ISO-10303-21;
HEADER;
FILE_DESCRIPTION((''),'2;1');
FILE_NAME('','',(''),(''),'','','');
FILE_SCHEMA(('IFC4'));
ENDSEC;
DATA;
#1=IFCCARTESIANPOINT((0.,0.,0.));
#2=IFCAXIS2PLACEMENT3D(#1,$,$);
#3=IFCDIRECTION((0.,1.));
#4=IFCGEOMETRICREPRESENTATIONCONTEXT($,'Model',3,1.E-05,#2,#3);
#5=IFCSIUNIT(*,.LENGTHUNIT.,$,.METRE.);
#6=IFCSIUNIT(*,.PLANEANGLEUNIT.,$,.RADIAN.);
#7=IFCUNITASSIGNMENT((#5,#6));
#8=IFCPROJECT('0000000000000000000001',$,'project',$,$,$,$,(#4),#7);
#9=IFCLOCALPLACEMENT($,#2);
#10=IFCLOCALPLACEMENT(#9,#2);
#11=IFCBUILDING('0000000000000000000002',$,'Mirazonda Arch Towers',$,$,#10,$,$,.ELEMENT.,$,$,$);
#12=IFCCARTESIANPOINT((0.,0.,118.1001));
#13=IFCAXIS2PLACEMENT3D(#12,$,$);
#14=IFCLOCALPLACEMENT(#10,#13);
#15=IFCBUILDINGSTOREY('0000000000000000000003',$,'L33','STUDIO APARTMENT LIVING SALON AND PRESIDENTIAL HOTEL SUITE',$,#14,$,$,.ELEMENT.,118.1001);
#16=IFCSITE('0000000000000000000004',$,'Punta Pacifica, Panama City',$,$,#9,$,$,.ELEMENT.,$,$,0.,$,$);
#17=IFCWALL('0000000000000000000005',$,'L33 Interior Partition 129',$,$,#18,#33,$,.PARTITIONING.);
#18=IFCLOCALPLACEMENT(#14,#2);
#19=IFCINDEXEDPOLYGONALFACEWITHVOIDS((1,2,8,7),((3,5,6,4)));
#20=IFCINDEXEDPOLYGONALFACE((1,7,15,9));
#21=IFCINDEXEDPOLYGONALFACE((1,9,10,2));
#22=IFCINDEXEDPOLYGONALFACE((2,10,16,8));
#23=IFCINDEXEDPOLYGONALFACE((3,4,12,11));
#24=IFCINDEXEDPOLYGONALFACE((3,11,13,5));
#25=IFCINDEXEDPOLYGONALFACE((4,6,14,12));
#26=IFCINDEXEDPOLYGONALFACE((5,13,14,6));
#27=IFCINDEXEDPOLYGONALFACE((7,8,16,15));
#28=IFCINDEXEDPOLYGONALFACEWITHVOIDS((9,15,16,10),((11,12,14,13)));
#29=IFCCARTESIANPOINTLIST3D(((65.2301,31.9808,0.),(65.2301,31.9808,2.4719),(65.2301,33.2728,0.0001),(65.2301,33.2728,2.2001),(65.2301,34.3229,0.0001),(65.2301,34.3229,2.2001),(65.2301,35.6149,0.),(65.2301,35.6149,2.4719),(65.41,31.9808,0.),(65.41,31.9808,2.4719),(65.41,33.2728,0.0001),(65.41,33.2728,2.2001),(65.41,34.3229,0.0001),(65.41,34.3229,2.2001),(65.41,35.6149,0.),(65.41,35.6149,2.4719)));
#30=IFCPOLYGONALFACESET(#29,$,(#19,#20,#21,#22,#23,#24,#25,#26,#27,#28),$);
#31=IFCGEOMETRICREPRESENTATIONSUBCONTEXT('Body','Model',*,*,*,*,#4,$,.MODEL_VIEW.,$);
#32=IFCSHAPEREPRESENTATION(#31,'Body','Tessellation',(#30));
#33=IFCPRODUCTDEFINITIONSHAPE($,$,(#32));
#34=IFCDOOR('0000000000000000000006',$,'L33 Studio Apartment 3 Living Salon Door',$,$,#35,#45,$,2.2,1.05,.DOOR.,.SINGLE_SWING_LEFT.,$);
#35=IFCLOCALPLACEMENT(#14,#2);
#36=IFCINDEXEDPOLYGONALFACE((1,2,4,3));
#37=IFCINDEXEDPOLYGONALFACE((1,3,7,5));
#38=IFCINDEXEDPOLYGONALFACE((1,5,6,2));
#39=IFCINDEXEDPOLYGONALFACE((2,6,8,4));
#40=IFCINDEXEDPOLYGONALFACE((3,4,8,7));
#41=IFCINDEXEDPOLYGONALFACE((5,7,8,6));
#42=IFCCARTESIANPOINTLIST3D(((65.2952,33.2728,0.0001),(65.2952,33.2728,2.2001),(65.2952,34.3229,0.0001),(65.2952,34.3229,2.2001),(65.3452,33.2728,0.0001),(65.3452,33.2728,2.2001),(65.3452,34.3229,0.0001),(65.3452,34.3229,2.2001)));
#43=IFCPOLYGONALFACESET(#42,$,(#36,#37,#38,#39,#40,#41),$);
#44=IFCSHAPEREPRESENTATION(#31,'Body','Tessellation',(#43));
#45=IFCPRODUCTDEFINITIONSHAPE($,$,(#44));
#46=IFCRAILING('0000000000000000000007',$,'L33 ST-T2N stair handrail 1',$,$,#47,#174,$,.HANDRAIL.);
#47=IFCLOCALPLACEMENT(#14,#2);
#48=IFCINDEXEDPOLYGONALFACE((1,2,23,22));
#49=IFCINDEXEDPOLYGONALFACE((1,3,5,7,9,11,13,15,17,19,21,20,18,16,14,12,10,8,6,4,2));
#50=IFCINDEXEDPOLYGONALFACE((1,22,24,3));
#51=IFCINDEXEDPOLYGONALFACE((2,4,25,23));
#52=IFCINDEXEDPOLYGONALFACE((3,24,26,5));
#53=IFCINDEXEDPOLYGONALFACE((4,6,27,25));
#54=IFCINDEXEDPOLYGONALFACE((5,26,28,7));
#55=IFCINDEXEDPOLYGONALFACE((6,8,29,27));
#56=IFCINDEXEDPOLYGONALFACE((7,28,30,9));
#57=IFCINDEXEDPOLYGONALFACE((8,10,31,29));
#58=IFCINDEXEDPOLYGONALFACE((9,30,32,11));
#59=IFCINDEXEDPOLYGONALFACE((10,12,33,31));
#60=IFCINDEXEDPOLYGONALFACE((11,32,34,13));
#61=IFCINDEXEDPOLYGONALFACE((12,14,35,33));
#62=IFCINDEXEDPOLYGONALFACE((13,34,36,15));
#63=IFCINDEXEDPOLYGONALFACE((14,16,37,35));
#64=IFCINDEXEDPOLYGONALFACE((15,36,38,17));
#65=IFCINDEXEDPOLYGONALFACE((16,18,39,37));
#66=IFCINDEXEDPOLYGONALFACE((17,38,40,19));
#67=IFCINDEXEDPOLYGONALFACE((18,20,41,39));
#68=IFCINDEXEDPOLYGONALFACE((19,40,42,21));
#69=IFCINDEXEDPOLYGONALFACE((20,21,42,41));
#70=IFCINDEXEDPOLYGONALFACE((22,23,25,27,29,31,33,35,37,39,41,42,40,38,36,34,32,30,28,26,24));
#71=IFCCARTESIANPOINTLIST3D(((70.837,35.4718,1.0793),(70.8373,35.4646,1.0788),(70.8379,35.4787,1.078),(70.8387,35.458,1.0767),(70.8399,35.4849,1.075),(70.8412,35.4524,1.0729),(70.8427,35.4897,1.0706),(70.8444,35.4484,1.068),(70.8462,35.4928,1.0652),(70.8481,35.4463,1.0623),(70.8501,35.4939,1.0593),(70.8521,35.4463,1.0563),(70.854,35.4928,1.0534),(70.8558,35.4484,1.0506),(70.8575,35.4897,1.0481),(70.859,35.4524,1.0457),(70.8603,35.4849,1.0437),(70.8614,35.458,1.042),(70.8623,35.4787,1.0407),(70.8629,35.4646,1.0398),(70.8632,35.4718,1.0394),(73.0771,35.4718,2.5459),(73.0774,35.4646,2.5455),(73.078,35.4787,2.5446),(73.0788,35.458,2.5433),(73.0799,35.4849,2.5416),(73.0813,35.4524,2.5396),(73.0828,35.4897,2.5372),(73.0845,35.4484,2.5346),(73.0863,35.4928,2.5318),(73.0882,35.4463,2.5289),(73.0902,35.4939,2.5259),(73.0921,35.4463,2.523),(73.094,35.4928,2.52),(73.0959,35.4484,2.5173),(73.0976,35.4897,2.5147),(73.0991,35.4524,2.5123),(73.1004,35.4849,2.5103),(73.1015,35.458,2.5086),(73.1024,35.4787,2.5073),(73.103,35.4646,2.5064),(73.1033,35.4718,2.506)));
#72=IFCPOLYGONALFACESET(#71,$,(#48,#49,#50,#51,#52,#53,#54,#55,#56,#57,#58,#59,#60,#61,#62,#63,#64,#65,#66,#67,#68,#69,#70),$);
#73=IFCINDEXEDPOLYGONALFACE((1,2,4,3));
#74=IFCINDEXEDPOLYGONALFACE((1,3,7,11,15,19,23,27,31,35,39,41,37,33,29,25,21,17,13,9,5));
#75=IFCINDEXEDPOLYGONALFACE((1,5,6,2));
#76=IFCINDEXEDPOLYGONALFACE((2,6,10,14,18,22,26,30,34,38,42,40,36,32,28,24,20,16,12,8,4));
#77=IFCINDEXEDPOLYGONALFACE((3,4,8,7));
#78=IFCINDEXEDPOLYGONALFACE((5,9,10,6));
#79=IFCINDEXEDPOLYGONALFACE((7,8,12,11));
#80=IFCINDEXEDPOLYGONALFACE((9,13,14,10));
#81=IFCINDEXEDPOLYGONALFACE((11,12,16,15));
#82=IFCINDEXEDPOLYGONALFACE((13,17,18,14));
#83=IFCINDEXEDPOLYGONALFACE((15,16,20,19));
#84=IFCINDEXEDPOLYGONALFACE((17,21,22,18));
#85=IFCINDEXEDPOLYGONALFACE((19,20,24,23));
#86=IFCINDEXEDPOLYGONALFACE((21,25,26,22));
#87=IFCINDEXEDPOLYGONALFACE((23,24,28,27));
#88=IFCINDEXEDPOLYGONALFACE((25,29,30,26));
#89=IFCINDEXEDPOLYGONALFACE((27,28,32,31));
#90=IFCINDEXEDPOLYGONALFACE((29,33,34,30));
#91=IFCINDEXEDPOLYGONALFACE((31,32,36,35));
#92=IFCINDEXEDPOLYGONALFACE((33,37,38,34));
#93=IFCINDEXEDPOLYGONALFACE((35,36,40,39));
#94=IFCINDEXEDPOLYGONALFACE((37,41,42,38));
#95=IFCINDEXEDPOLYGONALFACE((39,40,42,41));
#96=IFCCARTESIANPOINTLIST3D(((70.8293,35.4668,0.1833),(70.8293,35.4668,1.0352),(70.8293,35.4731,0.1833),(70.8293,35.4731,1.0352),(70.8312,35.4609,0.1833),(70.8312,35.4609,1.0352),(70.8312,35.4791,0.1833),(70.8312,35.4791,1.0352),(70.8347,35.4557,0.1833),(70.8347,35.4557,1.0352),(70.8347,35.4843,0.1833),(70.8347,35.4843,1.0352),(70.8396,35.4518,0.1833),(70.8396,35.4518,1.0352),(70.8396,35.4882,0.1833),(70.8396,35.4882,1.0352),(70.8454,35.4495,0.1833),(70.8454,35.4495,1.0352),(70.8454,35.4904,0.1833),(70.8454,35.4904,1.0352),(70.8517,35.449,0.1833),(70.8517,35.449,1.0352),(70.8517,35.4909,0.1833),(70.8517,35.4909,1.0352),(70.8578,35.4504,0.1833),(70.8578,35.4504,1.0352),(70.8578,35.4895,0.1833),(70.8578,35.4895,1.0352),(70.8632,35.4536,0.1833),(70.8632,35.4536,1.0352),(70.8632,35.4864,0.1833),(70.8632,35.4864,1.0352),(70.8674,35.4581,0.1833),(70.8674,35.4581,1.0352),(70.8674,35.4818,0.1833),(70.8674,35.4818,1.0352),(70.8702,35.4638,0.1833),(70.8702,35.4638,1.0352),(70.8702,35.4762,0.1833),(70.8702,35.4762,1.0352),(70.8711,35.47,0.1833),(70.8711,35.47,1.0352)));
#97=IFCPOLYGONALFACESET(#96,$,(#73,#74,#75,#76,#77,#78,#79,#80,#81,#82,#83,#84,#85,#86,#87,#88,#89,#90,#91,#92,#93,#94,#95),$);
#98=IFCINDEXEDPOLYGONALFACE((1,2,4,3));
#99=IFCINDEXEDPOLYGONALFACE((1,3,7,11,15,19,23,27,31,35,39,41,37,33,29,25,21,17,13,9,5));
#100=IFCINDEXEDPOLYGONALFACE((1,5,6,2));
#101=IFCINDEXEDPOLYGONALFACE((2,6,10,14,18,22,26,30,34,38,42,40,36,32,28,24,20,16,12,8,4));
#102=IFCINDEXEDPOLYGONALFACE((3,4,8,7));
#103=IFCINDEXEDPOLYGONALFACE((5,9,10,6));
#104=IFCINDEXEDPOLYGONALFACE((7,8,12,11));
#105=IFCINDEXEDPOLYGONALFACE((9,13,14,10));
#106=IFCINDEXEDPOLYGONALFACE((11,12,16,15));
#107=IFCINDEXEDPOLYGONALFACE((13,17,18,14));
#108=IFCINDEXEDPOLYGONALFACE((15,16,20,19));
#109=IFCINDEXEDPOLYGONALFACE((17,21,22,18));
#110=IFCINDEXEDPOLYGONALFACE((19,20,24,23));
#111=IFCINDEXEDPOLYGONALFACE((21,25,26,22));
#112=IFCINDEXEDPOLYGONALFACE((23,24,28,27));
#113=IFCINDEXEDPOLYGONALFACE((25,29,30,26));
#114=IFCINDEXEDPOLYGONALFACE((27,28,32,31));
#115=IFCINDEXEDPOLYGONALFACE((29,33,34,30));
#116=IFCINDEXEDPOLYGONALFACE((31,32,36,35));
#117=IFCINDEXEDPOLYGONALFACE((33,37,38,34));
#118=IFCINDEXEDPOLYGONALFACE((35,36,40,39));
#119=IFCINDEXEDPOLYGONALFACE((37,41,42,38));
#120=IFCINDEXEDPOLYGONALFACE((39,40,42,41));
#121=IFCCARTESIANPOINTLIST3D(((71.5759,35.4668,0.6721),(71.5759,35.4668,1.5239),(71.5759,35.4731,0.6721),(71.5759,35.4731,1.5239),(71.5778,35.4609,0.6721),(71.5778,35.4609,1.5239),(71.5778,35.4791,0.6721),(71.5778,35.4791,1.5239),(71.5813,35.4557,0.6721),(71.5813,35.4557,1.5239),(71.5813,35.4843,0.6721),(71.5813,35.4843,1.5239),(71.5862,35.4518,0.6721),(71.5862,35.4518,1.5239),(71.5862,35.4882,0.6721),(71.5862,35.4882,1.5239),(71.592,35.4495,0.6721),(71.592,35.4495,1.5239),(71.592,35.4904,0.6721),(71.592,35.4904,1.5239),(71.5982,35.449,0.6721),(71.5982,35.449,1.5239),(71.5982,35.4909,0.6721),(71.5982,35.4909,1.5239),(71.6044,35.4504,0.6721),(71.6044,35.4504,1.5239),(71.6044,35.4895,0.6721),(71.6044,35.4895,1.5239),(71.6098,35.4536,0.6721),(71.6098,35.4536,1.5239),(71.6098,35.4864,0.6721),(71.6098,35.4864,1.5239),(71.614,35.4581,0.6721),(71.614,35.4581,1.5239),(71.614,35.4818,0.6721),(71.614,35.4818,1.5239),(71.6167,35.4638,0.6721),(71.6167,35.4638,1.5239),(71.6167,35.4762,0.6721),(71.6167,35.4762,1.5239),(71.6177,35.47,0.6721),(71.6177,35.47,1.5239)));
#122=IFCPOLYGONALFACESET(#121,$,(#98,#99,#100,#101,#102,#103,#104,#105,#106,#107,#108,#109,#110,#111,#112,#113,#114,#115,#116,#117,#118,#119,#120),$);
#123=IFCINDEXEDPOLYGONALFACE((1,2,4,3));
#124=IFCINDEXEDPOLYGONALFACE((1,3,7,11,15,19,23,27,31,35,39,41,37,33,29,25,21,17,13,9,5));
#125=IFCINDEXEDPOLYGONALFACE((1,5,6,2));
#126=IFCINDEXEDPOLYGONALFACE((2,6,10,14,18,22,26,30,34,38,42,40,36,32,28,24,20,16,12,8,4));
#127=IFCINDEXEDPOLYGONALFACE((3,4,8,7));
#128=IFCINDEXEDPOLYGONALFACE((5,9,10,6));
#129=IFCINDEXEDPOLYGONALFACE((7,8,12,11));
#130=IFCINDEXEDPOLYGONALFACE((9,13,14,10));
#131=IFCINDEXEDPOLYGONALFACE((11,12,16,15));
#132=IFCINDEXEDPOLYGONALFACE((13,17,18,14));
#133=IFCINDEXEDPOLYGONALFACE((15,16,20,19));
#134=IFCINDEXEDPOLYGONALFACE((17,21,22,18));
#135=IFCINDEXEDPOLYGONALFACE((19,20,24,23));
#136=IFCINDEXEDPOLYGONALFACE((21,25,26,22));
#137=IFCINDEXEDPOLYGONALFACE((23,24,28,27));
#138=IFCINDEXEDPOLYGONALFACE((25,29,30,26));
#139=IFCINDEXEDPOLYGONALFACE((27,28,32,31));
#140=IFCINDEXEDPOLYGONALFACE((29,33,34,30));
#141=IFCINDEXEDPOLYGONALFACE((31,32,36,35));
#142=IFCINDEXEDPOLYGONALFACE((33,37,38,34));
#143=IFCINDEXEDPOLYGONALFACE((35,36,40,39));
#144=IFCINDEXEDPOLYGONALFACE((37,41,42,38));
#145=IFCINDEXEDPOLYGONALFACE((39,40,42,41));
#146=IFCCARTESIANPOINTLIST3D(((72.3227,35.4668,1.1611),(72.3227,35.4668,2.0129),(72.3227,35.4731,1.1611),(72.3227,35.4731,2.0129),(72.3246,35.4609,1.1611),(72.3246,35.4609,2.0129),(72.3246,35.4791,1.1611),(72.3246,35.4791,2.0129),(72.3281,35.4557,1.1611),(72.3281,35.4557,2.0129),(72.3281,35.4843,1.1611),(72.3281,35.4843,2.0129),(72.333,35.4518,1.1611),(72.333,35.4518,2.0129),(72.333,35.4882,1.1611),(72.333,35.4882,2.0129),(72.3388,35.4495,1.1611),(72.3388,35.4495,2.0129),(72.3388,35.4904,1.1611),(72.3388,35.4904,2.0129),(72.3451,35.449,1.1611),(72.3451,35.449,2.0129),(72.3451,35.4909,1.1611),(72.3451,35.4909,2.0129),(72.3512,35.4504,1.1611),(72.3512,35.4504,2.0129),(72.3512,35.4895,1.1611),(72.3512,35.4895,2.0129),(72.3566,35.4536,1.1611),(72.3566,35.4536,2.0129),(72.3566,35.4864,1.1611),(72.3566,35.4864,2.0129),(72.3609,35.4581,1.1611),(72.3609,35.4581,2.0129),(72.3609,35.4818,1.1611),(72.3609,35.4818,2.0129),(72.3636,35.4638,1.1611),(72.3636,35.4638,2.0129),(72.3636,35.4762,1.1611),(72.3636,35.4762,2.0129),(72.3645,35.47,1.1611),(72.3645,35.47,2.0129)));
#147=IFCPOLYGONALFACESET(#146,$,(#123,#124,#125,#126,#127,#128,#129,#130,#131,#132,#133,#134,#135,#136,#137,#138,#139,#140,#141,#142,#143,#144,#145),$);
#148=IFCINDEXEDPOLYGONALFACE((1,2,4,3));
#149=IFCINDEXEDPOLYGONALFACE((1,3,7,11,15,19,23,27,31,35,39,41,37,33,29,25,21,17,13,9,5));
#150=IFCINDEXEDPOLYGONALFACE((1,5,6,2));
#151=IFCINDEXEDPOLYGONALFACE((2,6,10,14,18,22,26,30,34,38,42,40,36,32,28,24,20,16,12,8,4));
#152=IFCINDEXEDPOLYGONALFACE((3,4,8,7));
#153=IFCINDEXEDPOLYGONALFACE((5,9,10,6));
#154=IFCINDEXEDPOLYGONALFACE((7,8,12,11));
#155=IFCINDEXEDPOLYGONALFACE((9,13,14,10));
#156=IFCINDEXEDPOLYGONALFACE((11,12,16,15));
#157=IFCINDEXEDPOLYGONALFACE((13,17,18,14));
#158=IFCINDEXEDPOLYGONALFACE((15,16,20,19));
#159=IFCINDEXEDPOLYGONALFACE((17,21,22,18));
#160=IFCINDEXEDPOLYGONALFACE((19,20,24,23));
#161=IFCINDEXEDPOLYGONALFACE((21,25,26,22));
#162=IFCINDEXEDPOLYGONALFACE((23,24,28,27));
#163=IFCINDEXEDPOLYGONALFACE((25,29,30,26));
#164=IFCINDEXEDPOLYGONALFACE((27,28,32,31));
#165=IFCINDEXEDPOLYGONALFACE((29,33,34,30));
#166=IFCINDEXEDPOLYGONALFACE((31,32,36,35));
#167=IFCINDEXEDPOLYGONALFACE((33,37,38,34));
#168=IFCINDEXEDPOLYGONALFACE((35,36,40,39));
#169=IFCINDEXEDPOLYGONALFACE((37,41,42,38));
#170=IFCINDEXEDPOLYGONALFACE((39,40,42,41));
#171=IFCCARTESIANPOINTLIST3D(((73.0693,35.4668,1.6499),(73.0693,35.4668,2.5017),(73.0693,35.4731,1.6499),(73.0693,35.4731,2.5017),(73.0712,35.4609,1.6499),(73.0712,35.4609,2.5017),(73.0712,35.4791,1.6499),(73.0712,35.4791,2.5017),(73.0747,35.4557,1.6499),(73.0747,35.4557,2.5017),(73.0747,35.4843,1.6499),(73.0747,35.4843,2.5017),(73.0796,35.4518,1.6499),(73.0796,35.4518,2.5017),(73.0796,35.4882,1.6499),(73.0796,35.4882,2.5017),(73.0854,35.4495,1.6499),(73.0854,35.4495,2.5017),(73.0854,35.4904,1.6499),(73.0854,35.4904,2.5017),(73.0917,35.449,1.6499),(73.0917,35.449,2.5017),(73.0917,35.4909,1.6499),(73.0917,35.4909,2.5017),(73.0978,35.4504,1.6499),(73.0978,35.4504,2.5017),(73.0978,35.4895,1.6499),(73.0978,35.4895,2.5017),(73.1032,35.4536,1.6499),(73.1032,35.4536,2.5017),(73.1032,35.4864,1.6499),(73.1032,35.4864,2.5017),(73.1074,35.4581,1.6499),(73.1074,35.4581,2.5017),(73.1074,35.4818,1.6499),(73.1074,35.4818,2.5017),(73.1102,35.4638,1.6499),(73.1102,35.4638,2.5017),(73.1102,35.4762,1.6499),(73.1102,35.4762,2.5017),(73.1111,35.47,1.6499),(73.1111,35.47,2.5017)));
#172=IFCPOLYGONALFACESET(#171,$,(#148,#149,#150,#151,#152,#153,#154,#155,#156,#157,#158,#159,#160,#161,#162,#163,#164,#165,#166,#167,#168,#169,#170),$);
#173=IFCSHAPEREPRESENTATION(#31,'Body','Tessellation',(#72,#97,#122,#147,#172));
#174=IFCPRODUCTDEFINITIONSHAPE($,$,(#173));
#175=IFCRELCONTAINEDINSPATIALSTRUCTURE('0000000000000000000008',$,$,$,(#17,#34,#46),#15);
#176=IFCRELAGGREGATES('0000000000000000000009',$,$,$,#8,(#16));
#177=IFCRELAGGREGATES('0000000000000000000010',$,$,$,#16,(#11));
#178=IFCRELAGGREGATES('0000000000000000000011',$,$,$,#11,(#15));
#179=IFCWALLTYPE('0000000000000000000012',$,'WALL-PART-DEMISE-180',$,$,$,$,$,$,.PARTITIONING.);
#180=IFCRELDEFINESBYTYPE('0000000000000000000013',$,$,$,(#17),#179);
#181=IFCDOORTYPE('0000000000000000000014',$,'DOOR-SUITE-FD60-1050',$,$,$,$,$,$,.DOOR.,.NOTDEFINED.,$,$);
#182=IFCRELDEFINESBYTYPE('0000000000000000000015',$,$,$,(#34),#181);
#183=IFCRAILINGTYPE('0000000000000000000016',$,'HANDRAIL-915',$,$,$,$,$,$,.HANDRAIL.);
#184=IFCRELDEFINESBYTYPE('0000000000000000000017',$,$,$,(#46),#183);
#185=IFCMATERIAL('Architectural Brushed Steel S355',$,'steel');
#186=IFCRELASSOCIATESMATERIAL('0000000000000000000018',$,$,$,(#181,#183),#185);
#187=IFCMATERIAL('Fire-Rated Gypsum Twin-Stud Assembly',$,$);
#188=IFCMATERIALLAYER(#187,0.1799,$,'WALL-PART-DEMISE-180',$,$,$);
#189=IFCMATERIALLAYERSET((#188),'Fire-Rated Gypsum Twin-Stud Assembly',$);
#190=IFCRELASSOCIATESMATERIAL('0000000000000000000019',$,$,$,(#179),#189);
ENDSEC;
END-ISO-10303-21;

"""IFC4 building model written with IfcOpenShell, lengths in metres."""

from ifc_helpers import new_model, si_unit, direction, frame, frame_2d, origin, origin_2d, place, context, subcontext, project, spatial, rectangle, circle, extrude, material, layer, layer_set, type_object, element, fill, save


model = new_model("IFC4")

# Units and contexts
model_context = context("Model", 3, precision=1e-05, world=origin(), true_north=direction((0.0, 1.0)))
body_context = subcontext(model_context, "Body", "Model", "MODEL_VIEW")
ifc_project = project(units=[si_unit("LENGTHUNIT", "METRE"), si_unit("PLANEANGLEUNIT", "RADIAN")], contexts=[model_context])

# Site, building, storey
site_placement = place(None, origin())
site = spatial("IfcSite", under=ifc_project, at=site_placement, Name="Punta Pacifica, Panama City", CompositionType="ELEMENT", RefElevation=0.0)
building_placement = place(site_placement, origin())
building = spatial("IfcBuilding", under=site, at=building_placement, Name="Mirazonda Arch Towers", CompositionType="ELEMENT")
storey_placement = place(building_placement, frame((0.0, 0.0, 118.1001)))
storey = spatial("IfcBuildingStorey", under=building, at=storey_placement, Name="L33", Description="STUDIO APARTMENT LIVING SALON AND PRESIDENTIAL HOTEL SUITE", CompositionType="ELEMENT", Elevation=118.1001)

# Shared definitions
ifc_material_1 = material(Name="Architectural Brushed Steel S355", Category="steel")
door_type_1 = type_object("IfcDoorType", Name="DOOR-SUITE-FD60-1050", OperationType="NOTDEFINED", PredefinedType="DOOR", material=ifc_material_1)

# Shared definitions
ifc_material_2 = material(Name="Fire-Rated Gypsum Twin-Stud Assembly")
ifc_layer_1 = layer(ifc_material_2, 0.1799, Name="WALL-PART-DEMISE-180")
ifc_layer_set_1 = layer_set([ifc_layer_1], Name="Fire-Rated Gypsum Twin-Stud Assembly")
wall_type_1 = type_object("IfcWallType", Name="WALL-PART-DEMISE-180", PredefinedType="PARTITIONING", material=ifc_layer_set_1)

# Wall, opening, door
wall_1_placement = place(storey_placement, frame((65.3201, 31.981, 0.0), z_axis=(0.0, 0.0, 1.0), x_axis=(0.0, 1.0, 0.0)))
wall_1 = element("IfcWall", 1, at=wall_1_placement, inside=storey, type_object=wall_type_1, Name="L33 Interior Partition 129", PredefinedType="PARTITIONING", context=body_context, shape_type="SweptSolid", body=[
    extrude(rectangle(XDim=3.634, YDim=0.1799, at=frame_2d((1.8169, 0.0))), origin(), (0.0, 0.0, 1.0), 2.4719),
])
opening_1_placement = place(wall_1_placement, frame((1.292, 0.0, 0.0)))
opening_1 = element("IfcOpeningElement", 2, at=opening_1_placement, cuts=wall_1, PredefinedType="OPENING", context=body_context, shape_type="SweptSolid", body=[
    extrude(rectangle(XDim=1.05, YDim=2.2, at=frame_2d((0.5249, 1.1001))), frame((0.0, 0.0999, 0.0), z_axis=(0.0, -1.0, 0.0), x_axis=(1.0, 0.0, 0.0)), (0.0, 0.0, 1.0), 0.2),
])
door_1_placement = place(opening_1_placement, origin())
door_1 = element("IfcDoor", 3, at=door_1_placement, inside=storey, type_object=door_type_1, Name="L33 Studio Apartment 3 Living Salon Door", OperationType="SINGLE_SWING_LEFT", OverallHeight=2.2, OverallWidth=1.05, PredefinedType="DOOR", context=body_context, shape_type="SweptSolid", body=[
    extrude(rectangle(XDim=1.05, YDim=2.2, at=frame_2d((0.5249, 1.1001))), frame((0.0, 0.0249, 0.0), z_axis=(0.0, -1.0, 0.0), x_axis=(1.0, 0.0, 0.0)), (0.0, 0.0, 1.0), 0.05),
])
fill(opening_1, door_1)

# Railing
railing_type = type_object("IfcRailingType", Name="HANDRAIL-915", PredefinedType="HANDRAIL", material=ifc_material_1)
railing_placement = place(storey_placement, frame((70.8501, 35.47, 0.1833)))
element("IfcRailing", 4, at=railing_placement, inside=storey, type_object=railing_type, Name="L33 ST-T2N stair handrail 1", PredefinedType="HANDRAIL", context=body_context, shape_type="SweptSolid", body=[
    extrude(circle(Radius=0.0239, at=origin_2d()), frame((0.0, 0.0, 0.876), z_axis=(0.836637, 0.0, 0.547758), x_axis=(0.0, 1.0, 0.0)), (0.0, 0.0, 1.0), 2.6775),
    extrude(circle(Radius=0.021, at=origin_2d()), origin(), (0.0, 0.0, 1.0), 0.8518),
    extrude(circle(Radius=0.021, at=origin_2d()), frame((0.7466, 0.0, 0.4888)), (0.0, 0.0, 1.0), 0.8518),
    extrude(circle(Radius=0.021, at=origin_2d()), frame((1.4934, 0.0, 0.9778)), (0.0, 0.0, 1.0), 0.8518),
    extrude(circle(Radius=0.021, at=origin_2d()), frame((2.24, 0.0, 1.4666)), (0.0, 0.0, 1.0), 0.8518),
])

save(model, "model.ifc")
